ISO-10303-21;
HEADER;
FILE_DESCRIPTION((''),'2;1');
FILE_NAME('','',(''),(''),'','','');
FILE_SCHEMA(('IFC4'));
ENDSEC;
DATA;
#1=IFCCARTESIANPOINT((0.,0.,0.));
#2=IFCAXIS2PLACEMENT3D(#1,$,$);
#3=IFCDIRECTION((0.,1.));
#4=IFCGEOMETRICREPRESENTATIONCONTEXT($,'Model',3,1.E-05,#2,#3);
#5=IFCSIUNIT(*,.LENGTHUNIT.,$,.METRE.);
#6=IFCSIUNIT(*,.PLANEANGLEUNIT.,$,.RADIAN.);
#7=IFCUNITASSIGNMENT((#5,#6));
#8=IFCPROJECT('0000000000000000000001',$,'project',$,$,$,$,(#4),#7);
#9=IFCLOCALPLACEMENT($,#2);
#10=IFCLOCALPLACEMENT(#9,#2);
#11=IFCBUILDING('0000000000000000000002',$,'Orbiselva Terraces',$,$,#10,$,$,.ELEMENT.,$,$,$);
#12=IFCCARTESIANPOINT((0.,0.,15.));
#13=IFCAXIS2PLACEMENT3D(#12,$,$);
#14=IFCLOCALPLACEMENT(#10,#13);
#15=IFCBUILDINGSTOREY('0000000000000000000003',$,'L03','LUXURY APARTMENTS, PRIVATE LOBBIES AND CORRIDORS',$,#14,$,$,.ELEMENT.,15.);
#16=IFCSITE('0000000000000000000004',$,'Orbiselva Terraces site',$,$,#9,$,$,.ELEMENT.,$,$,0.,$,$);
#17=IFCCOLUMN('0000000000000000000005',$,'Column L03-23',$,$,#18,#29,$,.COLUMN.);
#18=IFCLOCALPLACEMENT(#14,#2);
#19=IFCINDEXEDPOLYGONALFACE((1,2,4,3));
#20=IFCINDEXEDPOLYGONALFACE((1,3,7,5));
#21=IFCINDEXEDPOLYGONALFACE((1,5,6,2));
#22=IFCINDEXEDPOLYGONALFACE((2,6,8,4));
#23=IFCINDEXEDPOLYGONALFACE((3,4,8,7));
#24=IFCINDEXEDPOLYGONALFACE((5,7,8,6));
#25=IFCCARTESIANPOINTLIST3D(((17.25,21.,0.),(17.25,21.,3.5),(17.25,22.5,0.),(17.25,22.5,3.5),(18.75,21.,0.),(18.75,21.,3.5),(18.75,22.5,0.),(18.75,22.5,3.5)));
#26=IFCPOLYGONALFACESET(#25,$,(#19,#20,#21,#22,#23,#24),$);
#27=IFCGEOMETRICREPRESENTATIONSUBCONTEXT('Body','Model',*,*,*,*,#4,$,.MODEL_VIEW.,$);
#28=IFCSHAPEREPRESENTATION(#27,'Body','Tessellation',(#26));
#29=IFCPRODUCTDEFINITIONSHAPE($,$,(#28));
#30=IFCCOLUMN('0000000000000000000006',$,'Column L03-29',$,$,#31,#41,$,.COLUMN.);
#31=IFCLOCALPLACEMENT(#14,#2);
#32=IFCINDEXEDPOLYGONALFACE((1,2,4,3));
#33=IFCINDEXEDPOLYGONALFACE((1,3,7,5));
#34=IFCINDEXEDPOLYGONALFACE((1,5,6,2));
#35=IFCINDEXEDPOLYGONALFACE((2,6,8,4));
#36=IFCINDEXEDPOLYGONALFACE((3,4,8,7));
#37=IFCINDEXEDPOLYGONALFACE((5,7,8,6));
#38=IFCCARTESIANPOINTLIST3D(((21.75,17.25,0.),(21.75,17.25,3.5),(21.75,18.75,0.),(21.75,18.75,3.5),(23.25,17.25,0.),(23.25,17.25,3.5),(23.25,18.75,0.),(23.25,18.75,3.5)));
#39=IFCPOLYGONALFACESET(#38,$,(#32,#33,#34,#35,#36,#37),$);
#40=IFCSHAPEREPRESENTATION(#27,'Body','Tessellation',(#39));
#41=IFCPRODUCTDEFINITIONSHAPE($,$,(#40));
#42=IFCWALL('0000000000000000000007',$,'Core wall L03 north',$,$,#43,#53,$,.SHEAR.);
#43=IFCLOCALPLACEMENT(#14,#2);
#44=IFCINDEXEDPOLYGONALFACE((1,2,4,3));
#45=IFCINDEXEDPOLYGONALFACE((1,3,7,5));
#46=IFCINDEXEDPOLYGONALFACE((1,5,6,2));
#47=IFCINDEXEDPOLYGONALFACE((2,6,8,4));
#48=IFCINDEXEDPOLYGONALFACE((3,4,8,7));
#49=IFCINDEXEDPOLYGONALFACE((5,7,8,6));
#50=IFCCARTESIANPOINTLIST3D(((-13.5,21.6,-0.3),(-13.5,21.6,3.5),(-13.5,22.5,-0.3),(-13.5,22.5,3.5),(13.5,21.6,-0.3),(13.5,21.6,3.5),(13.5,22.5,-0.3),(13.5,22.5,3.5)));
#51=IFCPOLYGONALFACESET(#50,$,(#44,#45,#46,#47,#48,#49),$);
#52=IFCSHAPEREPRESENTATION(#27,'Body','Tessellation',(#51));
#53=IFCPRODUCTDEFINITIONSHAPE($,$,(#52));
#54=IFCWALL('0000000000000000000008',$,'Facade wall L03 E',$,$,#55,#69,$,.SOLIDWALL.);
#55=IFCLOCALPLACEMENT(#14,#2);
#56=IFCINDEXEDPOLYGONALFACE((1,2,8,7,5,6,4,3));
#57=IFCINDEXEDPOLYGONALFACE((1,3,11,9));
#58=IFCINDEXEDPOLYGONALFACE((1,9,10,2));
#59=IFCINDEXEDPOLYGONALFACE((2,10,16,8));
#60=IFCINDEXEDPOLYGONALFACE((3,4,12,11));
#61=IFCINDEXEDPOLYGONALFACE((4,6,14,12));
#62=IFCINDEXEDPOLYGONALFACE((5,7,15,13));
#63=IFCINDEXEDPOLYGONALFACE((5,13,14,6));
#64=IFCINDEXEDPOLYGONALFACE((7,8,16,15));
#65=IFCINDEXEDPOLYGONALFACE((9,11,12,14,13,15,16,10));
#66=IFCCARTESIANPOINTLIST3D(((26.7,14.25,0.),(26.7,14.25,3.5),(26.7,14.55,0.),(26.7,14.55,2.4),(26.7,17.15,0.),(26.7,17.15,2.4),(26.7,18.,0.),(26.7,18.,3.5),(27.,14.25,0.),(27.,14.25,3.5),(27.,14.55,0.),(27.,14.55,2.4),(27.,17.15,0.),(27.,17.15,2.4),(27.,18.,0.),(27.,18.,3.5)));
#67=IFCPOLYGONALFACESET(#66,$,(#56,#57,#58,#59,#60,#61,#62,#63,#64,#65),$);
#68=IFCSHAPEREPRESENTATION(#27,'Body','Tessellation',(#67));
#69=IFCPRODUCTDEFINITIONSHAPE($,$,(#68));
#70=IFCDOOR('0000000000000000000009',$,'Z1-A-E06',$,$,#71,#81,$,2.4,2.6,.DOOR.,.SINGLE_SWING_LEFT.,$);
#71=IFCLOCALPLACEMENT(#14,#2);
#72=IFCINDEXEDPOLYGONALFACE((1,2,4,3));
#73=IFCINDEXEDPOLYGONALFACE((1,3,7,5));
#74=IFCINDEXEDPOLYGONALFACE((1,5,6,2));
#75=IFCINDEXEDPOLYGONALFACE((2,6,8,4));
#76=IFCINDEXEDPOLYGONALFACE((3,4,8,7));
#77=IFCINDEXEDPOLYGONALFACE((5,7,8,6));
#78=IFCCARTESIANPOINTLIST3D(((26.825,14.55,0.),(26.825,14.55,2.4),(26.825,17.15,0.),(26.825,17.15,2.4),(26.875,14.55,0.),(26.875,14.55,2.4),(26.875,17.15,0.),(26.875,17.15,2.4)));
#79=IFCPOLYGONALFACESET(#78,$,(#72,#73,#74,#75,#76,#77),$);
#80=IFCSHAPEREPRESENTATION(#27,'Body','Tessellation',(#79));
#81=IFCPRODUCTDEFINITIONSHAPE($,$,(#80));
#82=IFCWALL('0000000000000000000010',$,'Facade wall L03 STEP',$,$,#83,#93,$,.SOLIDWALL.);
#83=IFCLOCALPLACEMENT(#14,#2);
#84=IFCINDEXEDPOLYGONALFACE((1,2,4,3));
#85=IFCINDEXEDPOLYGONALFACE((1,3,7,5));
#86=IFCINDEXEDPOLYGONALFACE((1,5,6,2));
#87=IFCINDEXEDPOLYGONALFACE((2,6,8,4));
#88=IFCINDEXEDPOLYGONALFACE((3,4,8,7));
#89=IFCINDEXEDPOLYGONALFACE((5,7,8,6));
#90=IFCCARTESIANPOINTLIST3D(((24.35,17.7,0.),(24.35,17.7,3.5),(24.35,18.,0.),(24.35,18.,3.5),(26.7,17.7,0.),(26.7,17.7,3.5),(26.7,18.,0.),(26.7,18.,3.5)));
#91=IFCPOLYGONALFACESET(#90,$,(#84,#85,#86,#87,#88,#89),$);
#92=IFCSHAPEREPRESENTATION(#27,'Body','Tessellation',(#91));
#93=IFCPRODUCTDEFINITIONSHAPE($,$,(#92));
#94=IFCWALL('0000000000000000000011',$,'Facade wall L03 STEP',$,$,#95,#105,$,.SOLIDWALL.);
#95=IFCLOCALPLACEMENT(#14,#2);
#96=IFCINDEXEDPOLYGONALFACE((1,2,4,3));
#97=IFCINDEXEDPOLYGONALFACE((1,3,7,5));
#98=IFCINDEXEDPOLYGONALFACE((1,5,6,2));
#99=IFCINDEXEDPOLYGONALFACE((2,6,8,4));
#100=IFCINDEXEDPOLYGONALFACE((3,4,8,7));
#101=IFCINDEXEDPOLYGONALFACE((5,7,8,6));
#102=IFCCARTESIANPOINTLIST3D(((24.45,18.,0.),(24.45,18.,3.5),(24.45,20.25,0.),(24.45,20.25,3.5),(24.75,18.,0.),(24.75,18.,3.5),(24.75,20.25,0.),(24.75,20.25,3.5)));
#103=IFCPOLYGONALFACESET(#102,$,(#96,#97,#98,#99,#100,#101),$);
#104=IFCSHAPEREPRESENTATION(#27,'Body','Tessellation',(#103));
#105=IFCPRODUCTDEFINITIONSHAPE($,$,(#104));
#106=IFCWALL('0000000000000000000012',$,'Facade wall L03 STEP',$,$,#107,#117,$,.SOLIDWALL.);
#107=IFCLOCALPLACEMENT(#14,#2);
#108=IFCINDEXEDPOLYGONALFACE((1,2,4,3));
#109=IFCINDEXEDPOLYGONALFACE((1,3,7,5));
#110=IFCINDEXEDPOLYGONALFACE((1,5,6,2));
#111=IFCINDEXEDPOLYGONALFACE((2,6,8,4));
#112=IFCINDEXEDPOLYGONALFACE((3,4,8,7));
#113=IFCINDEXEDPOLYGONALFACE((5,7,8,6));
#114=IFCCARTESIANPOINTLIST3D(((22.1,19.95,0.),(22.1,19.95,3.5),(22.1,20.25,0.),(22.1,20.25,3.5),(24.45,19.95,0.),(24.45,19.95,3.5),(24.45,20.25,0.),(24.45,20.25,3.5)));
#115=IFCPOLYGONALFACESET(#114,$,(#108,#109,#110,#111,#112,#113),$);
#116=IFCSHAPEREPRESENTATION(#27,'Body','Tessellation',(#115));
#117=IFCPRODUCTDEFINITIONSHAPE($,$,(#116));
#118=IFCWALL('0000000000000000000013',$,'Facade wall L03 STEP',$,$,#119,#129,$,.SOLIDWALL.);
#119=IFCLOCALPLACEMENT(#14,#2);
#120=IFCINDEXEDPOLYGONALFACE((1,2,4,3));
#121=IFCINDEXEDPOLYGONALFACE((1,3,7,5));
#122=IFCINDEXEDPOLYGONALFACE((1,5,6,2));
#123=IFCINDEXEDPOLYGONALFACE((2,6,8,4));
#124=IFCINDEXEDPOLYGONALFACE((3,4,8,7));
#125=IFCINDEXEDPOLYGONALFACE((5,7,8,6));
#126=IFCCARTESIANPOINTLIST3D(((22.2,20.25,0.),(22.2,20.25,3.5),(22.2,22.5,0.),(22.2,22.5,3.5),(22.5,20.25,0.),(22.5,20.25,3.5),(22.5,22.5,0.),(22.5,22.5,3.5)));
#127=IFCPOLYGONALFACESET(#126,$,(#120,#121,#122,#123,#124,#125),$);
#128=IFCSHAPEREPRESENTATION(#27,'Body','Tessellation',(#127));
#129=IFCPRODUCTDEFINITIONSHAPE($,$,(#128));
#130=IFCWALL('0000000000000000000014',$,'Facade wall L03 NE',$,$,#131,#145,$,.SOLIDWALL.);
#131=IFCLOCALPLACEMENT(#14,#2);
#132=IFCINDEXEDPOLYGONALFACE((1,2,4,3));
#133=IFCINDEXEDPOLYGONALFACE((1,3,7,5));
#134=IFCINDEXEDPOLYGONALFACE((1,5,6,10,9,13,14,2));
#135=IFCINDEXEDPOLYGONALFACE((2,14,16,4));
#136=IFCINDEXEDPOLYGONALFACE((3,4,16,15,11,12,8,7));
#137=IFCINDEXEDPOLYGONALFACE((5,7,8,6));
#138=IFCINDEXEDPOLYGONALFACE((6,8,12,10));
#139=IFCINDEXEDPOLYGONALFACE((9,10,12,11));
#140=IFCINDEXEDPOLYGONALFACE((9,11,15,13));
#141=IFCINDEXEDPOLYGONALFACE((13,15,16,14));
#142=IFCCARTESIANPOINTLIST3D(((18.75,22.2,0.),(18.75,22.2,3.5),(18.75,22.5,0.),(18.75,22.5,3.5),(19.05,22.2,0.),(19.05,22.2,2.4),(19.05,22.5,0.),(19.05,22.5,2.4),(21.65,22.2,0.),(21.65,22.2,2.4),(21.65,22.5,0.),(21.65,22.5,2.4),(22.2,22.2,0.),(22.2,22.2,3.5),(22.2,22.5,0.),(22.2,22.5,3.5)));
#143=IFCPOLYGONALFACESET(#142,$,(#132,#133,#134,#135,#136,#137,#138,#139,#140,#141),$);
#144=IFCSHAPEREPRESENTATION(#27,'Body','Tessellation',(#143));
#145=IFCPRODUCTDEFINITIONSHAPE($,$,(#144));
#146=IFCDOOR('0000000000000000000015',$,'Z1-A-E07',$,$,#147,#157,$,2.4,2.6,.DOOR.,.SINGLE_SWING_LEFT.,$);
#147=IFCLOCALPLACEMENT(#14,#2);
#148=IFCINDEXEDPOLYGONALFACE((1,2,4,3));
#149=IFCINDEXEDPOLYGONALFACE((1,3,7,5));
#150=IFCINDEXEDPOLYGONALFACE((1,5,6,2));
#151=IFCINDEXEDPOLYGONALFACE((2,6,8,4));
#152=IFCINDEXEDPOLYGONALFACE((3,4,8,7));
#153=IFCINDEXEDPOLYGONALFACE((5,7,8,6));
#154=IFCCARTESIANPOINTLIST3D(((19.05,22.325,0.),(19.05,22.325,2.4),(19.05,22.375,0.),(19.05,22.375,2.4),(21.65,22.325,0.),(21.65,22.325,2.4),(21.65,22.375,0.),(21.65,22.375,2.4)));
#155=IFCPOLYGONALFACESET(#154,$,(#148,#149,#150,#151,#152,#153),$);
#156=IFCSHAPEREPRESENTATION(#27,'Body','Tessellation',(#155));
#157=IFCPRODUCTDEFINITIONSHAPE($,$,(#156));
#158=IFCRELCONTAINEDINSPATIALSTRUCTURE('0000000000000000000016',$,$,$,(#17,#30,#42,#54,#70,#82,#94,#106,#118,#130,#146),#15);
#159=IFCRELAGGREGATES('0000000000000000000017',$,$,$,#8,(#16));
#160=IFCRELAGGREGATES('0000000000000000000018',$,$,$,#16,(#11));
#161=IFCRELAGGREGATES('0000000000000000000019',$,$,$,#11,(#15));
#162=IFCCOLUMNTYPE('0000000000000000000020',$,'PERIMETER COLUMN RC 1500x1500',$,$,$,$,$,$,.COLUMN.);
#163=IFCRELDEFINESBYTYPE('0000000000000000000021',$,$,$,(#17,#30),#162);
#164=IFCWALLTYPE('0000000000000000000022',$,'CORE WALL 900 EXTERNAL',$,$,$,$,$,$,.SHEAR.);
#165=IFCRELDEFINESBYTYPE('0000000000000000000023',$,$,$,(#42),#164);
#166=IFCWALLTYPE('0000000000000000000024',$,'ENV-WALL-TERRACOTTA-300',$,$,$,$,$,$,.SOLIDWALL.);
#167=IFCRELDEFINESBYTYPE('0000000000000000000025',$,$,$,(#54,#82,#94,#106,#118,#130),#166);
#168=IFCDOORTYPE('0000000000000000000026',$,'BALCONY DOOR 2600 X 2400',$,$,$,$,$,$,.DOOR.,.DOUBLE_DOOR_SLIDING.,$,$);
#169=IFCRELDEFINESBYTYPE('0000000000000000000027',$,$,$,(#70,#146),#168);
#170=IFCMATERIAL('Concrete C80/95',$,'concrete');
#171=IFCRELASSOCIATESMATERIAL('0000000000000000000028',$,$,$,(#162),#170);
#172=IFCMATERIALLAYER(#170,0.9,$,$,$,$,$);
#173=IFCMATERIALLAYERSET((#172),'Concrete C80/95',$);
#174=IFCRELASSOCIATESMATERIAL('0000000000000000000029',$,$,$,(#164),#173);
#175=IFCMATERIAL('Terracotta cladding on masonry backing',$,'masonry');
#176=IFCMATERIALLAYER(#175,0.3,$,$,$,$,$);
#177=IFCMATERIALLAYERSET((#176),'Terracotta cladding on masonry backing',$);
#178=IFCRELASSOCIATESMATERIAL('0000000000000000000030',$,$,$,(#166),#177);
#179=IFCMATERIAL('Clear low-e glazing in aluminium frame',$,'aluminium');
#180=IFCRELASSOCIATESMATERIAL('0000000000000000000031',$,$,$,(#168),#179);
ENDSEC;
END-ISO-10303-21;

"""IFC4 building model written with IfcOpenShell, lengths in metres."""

from ifc_helpers import new_model, si_unit, direction, frame, frame_2d, origin, origin_2d, place, context, subcontext, project, spatial, rectangle, extrude, material, layer, layer_set, material_profile, profile_set, type_object, element, fill, save


model = new_model("IFC4")

# Units and contexts
model_context = context("Model", 3, precision=1e-05, world=origin(), true_north=direction((0.0, 1.0)))
body_context = subcontext(model_context, "Body", "Model", "MODEL_VIEW")
ifc_project = project(units=[si_unit("LENGTHUNIT", "METRE"), si_unit("PLANEANGLEUNIT", "RADIAN")], contexts=[model_context])

# Site, building, storey
site_placement = place(None, origin())
site = spatial("IfcSite", under=ifc_project, at=site_placement, Name="Orbiselva Terraces site", CompositionType="ELEMENT", RefElevation=0.0)
building_placement = place(site_placement, origin())
building = spatial("IfcBuilding", under=site, at=building_placement, Name="Orbiselva Terraces", CompositionType="ELEMENT")
storey_placement = place(building_placement, frame((0.0, 0.0, 15.0)))
storey = spatial("IfcBuildingStorey", under=building, at=storey_placement, Name="L03", Description="LUXURY APARTMENTS, PRIVATE LOBBIES AND CORRIDORS", CompositionType="ELEMENT", Elevation=15.0)

# Columns
ifc_material_1 = material(Name="Concrete C80/95", Category="concrete")
ifc_material_profile = material_profile(ifc_material_1, rectangle(XDim=1.5, YDim=1.5, at=origin_2d()), Name="RC 1500x1500")
ifc_profile_set = profile_set([ifc_material_profile], Name="Concrete C80/95")
column_type = type_object("IfcColumnType", Name="PERIMETER COLUMN RC 1500x1500", PredefinedType="COLUMN", material=ifc_profile_set)
for number, where, z_axis, x_axis, name in (
    (1, (18.0, 21.75, 0.0), (0.0, 0.0, 1.0), (1.0, 0.0, 0.0), "Column L03-23"),
    (2, (22.5, 18.0, 0.0), (0.0, 0.0, 1.0), (1.0, 0.0, 0.0), "Column L03-29"),
):
    element("IfcColumn", number, at=place(storey_placement, frame(where, z_axis=z_axis, x_axis=x_axis)), inside=storey, type_object=column_type, Name=name, PredefinedType="COLUMN", context=body_context, shape_type="SweptSolid", body=[
        extrude(rectangle(XDim=1.5, YDim=1.5, at=origin_2d()), origin(), (0.0, 0.0, 1.0), 3.5),
    ])

# Wall
ifc_layer_1 = layer(ifc_material_1, 0.9)
ifc_layer_set_1 = layer_set([ifc_layer_1], Name="Concrete C80/95")
wall_type_1 = type_object("IfcWallType", Name="CORE WALL 900 EXTERNAL", PredefinedType="SHEAR", material=ifc_layer_set_1)
wall_1_placement = place(storey_placement, frame((13.5, 22.05, -0.3), z_axis=(0.0, 0.0, 1.0), x_axis=(-1.0, 0.0, 0.0)))
element("IfcWall", 3, at=wall_1_placement, inside=storey, type_object=wall_type_1, Name="Core wall L03 north", PredefinedType="SHEAR", context=body_context, shape_type="SweptSolid", body=[
    extrude(rectangle(XDim=27.0, YDim=0.9, at=frame_2d((13.5, 0.0))), origin(), (0.0, 0.0, 1.0), 3.8),
])

# Wall, opening, door
ifc_material_2 = material(Name="Terracotta cladding on masonry backing", Category="masonry")
ifc_layer_2 = layer(ifc_material_2, 0.3)
ifc_layer_set_2 = layer_set([ifc_layer_2], Name="Terracotta cladding on masonry backing")
wall_type_2 = type_object("IfcWallType", Name="ENV-WALL-TERRACOTTA-300", PredefinedType="SOLIDWALL", material=ifc_layer_set_2)
wall_2_placement = place(storey_placement, frame((26.85, 18.0, 0.0), z_axis=(0.0, 0.0, 1.0), x_axis=(0.0, -1.0, 0.0)))
wall_2 = element("IfcWall", 4, at=wall_2_placement, inside=storey, type_object=wall_type_2, Name="Facade wall L03 E", PredefinedType="SOLIDWALL", context=body_context, shape_type="SweptSolid", body=[
    extrude(rectangle(XDim=3.75, YDim=0.3, at=frame_2d((1.875, 0.0))), origin(), (0.0, 0.0, 1.0), 3.5),
])
opening_1_placement = place(wall_2_placement, frame((0.85, 0.0, 0.0)))
opening_1 = element("IfcOpeningElement", 5, at=opening_1_placement, cuts=wall_2, PredefinedType="OPENING", context=body_context, shape_type="SweptSolid", body=[
    extrude(rectangle(XDim=2.6, YDim=2.4, at=frame_2d((1.3, 1.2))), frame((0.0, 0.16, 0.0), z_axis=(0.0, -1.0, 0.0), x_axis=(1.0, 0.0, 0.0)), (0.0, 0.0, 1.0), 0.32),
])
ifc_material_3 = material(Name="Clear low-e glazing in aluminium frame", Category="aluminium")
door_type_1 = type_object("IfcDoorType", Name="BALCONY DOOR 2600 X 2400", OperationType="DOUBLE_DOOR_SLIDING", PredefinedType="DOOR", material=ifc_material_3)
door_1_placement = place(opening_1_placement, origin())
door_1 = element("IfcDoor", 6, at=door_1_placement, inside=storey, type_object=door_type_1, Name="Z1-A-E06", OperationType="SINGLE_SWING_LEFT", OverallHeight=2.4, OverallWidth=2.6, PredefinedType="DOOR", context=body_context, shape_type="SweptSolid", body=[
    extrude(rectangle(XDim=2.6, YDim=2.4, at=frame_2d((1.3, 1.2))), frame((0.0, 0.025, 0.0), z_axis=(0.0, -1.0, 0.0), x_axis=(1.0, 0.0, 0.0)), (0.0, 0.0, 1.0), 0.05),
])
fill(opening_1, door_1)

# Walls
wall_3_placement = place(storey_placement, frame((24.35, 17.85, 0.0), z_axis=(0.0, 0.0, 1.0), x_axis=(1.0, 0.0, 0.0)))
element("IfcWall", 7, at=wall_3_placement, inside=storey, type_object=wall_type_2, Name="Facade wall L03 STEP", PredefinedType="SOLIDWALL", context=body_context, shape_type="SweptSolid", body=[
    extrude(rectangle(XDim=2.35, YDim=0.3, at=frame_2d((1.175, 0.0))), origin(), (0.0, 0.0, 1.0), 3.5),
])
wall_4_placement = place(storey_placement, frame((24.6, 20.25, 0.0), z_axis=(0.0, 0.0, 1.0), x_axis=(0.0, -1.0, 0.0)))
element("IfcWall", 8, at=wall_4_placement, inside=storey, type_object=wall_type_2, Name="Facade wall L03 STEP", PredefinedType="SOLIDWALL", context=body_context, shape_type="SweptSolid", body=[
    extrude(rectangle(XDim=2.25, YDim=0.3, at=frame_2d((1.125, 0.0))), origin(), (0.0, 0.0, 1.0), 3.5),
])
wall_5_placement = place(storey_placement, frame((22.1, 20.1, 0.0), z_axis=(0.0, 0.0, 1.0), x_axis=(1.0, 0.0, 0.0)))
element("IfcWall", 9, at=wall_5_placement, inside=storey, type_object=wall_type_2, Name="Facade wall L03 STEP", PredefinedType="SOLIDWALL", context=body_context, shape_type="SweptSolid", body=[
    extrude(rectangle(XDim=2.35, YDim=0.3, at=frame_2d((1.175, 0.0))), origin(), (0.0, 0.0, 1.0), 3.5),
])
wall_6_placement = place(storey_placement, frame((22.35, 22.5, 0.0), z_axis=(0.0, 0.0, 1.0), x_axis=(0.0, -1.0, 0.0)))
element("IfcWall", 10, at=wall_6_placement, inside=storey, type_object=wall_type_2, Name="Facade wall L03 STEP", PredefinedType="SOLIDWALL", context=body_context, shape_type="SweptSolid", body=[
    extrude(rectangle(XDim=2.25, YDim=0.3, at=frame_2d((1.125, 0.0))), origin(), (0.0, 0.0, 1.0), 3.5),
])

# Wall, opening, door
wall_7_placement = place(storey_placement, frame((18.75, 22.35, 0.0), z_axis=(0.0, 0.0, 1.0), x_axis=(1.0, 0.0, 0.0)))
wall_7 = element("IfcWall", 11, at=wall_7_placement, inside=storey, type_object=wall_type_2, Name="Facade wall L03 NE", PredefinedType="SOLIDWALL", context=body_context, shape_type="SweptSolid", body=[
    extrude(rectangle(XDim=3.45, YDim=0.3, at=frame_2d((1.725, 0.0))), origin(), (0.0, 0.0, 1.0), 3.5),
])
opening_2_placement = place(wall_7_placement, frame((0.3, 0.0, 0.0)))
opening_2 = element("IfcOpeningElement", 12, at=opening_2_placement, cuts=wall_7, PredefinedType="OPENING", context=body_context, shape_type="SweptSolid", body=[
    extrude(rectangle(XDim=2.6, YDim=2.4, at=frame_2d((1.3, 1.2))), frame((0.0, 0.16, 0.0), z_axis=(0.0, -1.0, 0.0), x_axis=(1.0, 0.0, 0.0)), (0.0, 0.0, 1.0), 0.32),
])
door_2_placement = place(opening_2_placement, origin())
door_2 = element("IfcDoor", 13, at=door_2_placement, inside=storey, type_object=door_type_1, Name="Z1-A-E07", OperationType="SINGLE_SWING_LEFT", OverallHeight=2.4, OverallWidth=2.6, PredefinedType="DOOR", context=body_context, shape_type="SweptSolid", body=[
    extrude(rectangle(XDim=2.6, YDim=2.4, at=frame_2d((1.3, 1.2))), frame((0.0, 0.025, 0.0), z_axis=(0.0, -1.0, 0.0), x_axis=(1.0, 0.0, 0.0)), (0.0, 0.0, 1.0), 0.05),
])
fill(opening_2, door_2)

save(model, "model.ifc")
